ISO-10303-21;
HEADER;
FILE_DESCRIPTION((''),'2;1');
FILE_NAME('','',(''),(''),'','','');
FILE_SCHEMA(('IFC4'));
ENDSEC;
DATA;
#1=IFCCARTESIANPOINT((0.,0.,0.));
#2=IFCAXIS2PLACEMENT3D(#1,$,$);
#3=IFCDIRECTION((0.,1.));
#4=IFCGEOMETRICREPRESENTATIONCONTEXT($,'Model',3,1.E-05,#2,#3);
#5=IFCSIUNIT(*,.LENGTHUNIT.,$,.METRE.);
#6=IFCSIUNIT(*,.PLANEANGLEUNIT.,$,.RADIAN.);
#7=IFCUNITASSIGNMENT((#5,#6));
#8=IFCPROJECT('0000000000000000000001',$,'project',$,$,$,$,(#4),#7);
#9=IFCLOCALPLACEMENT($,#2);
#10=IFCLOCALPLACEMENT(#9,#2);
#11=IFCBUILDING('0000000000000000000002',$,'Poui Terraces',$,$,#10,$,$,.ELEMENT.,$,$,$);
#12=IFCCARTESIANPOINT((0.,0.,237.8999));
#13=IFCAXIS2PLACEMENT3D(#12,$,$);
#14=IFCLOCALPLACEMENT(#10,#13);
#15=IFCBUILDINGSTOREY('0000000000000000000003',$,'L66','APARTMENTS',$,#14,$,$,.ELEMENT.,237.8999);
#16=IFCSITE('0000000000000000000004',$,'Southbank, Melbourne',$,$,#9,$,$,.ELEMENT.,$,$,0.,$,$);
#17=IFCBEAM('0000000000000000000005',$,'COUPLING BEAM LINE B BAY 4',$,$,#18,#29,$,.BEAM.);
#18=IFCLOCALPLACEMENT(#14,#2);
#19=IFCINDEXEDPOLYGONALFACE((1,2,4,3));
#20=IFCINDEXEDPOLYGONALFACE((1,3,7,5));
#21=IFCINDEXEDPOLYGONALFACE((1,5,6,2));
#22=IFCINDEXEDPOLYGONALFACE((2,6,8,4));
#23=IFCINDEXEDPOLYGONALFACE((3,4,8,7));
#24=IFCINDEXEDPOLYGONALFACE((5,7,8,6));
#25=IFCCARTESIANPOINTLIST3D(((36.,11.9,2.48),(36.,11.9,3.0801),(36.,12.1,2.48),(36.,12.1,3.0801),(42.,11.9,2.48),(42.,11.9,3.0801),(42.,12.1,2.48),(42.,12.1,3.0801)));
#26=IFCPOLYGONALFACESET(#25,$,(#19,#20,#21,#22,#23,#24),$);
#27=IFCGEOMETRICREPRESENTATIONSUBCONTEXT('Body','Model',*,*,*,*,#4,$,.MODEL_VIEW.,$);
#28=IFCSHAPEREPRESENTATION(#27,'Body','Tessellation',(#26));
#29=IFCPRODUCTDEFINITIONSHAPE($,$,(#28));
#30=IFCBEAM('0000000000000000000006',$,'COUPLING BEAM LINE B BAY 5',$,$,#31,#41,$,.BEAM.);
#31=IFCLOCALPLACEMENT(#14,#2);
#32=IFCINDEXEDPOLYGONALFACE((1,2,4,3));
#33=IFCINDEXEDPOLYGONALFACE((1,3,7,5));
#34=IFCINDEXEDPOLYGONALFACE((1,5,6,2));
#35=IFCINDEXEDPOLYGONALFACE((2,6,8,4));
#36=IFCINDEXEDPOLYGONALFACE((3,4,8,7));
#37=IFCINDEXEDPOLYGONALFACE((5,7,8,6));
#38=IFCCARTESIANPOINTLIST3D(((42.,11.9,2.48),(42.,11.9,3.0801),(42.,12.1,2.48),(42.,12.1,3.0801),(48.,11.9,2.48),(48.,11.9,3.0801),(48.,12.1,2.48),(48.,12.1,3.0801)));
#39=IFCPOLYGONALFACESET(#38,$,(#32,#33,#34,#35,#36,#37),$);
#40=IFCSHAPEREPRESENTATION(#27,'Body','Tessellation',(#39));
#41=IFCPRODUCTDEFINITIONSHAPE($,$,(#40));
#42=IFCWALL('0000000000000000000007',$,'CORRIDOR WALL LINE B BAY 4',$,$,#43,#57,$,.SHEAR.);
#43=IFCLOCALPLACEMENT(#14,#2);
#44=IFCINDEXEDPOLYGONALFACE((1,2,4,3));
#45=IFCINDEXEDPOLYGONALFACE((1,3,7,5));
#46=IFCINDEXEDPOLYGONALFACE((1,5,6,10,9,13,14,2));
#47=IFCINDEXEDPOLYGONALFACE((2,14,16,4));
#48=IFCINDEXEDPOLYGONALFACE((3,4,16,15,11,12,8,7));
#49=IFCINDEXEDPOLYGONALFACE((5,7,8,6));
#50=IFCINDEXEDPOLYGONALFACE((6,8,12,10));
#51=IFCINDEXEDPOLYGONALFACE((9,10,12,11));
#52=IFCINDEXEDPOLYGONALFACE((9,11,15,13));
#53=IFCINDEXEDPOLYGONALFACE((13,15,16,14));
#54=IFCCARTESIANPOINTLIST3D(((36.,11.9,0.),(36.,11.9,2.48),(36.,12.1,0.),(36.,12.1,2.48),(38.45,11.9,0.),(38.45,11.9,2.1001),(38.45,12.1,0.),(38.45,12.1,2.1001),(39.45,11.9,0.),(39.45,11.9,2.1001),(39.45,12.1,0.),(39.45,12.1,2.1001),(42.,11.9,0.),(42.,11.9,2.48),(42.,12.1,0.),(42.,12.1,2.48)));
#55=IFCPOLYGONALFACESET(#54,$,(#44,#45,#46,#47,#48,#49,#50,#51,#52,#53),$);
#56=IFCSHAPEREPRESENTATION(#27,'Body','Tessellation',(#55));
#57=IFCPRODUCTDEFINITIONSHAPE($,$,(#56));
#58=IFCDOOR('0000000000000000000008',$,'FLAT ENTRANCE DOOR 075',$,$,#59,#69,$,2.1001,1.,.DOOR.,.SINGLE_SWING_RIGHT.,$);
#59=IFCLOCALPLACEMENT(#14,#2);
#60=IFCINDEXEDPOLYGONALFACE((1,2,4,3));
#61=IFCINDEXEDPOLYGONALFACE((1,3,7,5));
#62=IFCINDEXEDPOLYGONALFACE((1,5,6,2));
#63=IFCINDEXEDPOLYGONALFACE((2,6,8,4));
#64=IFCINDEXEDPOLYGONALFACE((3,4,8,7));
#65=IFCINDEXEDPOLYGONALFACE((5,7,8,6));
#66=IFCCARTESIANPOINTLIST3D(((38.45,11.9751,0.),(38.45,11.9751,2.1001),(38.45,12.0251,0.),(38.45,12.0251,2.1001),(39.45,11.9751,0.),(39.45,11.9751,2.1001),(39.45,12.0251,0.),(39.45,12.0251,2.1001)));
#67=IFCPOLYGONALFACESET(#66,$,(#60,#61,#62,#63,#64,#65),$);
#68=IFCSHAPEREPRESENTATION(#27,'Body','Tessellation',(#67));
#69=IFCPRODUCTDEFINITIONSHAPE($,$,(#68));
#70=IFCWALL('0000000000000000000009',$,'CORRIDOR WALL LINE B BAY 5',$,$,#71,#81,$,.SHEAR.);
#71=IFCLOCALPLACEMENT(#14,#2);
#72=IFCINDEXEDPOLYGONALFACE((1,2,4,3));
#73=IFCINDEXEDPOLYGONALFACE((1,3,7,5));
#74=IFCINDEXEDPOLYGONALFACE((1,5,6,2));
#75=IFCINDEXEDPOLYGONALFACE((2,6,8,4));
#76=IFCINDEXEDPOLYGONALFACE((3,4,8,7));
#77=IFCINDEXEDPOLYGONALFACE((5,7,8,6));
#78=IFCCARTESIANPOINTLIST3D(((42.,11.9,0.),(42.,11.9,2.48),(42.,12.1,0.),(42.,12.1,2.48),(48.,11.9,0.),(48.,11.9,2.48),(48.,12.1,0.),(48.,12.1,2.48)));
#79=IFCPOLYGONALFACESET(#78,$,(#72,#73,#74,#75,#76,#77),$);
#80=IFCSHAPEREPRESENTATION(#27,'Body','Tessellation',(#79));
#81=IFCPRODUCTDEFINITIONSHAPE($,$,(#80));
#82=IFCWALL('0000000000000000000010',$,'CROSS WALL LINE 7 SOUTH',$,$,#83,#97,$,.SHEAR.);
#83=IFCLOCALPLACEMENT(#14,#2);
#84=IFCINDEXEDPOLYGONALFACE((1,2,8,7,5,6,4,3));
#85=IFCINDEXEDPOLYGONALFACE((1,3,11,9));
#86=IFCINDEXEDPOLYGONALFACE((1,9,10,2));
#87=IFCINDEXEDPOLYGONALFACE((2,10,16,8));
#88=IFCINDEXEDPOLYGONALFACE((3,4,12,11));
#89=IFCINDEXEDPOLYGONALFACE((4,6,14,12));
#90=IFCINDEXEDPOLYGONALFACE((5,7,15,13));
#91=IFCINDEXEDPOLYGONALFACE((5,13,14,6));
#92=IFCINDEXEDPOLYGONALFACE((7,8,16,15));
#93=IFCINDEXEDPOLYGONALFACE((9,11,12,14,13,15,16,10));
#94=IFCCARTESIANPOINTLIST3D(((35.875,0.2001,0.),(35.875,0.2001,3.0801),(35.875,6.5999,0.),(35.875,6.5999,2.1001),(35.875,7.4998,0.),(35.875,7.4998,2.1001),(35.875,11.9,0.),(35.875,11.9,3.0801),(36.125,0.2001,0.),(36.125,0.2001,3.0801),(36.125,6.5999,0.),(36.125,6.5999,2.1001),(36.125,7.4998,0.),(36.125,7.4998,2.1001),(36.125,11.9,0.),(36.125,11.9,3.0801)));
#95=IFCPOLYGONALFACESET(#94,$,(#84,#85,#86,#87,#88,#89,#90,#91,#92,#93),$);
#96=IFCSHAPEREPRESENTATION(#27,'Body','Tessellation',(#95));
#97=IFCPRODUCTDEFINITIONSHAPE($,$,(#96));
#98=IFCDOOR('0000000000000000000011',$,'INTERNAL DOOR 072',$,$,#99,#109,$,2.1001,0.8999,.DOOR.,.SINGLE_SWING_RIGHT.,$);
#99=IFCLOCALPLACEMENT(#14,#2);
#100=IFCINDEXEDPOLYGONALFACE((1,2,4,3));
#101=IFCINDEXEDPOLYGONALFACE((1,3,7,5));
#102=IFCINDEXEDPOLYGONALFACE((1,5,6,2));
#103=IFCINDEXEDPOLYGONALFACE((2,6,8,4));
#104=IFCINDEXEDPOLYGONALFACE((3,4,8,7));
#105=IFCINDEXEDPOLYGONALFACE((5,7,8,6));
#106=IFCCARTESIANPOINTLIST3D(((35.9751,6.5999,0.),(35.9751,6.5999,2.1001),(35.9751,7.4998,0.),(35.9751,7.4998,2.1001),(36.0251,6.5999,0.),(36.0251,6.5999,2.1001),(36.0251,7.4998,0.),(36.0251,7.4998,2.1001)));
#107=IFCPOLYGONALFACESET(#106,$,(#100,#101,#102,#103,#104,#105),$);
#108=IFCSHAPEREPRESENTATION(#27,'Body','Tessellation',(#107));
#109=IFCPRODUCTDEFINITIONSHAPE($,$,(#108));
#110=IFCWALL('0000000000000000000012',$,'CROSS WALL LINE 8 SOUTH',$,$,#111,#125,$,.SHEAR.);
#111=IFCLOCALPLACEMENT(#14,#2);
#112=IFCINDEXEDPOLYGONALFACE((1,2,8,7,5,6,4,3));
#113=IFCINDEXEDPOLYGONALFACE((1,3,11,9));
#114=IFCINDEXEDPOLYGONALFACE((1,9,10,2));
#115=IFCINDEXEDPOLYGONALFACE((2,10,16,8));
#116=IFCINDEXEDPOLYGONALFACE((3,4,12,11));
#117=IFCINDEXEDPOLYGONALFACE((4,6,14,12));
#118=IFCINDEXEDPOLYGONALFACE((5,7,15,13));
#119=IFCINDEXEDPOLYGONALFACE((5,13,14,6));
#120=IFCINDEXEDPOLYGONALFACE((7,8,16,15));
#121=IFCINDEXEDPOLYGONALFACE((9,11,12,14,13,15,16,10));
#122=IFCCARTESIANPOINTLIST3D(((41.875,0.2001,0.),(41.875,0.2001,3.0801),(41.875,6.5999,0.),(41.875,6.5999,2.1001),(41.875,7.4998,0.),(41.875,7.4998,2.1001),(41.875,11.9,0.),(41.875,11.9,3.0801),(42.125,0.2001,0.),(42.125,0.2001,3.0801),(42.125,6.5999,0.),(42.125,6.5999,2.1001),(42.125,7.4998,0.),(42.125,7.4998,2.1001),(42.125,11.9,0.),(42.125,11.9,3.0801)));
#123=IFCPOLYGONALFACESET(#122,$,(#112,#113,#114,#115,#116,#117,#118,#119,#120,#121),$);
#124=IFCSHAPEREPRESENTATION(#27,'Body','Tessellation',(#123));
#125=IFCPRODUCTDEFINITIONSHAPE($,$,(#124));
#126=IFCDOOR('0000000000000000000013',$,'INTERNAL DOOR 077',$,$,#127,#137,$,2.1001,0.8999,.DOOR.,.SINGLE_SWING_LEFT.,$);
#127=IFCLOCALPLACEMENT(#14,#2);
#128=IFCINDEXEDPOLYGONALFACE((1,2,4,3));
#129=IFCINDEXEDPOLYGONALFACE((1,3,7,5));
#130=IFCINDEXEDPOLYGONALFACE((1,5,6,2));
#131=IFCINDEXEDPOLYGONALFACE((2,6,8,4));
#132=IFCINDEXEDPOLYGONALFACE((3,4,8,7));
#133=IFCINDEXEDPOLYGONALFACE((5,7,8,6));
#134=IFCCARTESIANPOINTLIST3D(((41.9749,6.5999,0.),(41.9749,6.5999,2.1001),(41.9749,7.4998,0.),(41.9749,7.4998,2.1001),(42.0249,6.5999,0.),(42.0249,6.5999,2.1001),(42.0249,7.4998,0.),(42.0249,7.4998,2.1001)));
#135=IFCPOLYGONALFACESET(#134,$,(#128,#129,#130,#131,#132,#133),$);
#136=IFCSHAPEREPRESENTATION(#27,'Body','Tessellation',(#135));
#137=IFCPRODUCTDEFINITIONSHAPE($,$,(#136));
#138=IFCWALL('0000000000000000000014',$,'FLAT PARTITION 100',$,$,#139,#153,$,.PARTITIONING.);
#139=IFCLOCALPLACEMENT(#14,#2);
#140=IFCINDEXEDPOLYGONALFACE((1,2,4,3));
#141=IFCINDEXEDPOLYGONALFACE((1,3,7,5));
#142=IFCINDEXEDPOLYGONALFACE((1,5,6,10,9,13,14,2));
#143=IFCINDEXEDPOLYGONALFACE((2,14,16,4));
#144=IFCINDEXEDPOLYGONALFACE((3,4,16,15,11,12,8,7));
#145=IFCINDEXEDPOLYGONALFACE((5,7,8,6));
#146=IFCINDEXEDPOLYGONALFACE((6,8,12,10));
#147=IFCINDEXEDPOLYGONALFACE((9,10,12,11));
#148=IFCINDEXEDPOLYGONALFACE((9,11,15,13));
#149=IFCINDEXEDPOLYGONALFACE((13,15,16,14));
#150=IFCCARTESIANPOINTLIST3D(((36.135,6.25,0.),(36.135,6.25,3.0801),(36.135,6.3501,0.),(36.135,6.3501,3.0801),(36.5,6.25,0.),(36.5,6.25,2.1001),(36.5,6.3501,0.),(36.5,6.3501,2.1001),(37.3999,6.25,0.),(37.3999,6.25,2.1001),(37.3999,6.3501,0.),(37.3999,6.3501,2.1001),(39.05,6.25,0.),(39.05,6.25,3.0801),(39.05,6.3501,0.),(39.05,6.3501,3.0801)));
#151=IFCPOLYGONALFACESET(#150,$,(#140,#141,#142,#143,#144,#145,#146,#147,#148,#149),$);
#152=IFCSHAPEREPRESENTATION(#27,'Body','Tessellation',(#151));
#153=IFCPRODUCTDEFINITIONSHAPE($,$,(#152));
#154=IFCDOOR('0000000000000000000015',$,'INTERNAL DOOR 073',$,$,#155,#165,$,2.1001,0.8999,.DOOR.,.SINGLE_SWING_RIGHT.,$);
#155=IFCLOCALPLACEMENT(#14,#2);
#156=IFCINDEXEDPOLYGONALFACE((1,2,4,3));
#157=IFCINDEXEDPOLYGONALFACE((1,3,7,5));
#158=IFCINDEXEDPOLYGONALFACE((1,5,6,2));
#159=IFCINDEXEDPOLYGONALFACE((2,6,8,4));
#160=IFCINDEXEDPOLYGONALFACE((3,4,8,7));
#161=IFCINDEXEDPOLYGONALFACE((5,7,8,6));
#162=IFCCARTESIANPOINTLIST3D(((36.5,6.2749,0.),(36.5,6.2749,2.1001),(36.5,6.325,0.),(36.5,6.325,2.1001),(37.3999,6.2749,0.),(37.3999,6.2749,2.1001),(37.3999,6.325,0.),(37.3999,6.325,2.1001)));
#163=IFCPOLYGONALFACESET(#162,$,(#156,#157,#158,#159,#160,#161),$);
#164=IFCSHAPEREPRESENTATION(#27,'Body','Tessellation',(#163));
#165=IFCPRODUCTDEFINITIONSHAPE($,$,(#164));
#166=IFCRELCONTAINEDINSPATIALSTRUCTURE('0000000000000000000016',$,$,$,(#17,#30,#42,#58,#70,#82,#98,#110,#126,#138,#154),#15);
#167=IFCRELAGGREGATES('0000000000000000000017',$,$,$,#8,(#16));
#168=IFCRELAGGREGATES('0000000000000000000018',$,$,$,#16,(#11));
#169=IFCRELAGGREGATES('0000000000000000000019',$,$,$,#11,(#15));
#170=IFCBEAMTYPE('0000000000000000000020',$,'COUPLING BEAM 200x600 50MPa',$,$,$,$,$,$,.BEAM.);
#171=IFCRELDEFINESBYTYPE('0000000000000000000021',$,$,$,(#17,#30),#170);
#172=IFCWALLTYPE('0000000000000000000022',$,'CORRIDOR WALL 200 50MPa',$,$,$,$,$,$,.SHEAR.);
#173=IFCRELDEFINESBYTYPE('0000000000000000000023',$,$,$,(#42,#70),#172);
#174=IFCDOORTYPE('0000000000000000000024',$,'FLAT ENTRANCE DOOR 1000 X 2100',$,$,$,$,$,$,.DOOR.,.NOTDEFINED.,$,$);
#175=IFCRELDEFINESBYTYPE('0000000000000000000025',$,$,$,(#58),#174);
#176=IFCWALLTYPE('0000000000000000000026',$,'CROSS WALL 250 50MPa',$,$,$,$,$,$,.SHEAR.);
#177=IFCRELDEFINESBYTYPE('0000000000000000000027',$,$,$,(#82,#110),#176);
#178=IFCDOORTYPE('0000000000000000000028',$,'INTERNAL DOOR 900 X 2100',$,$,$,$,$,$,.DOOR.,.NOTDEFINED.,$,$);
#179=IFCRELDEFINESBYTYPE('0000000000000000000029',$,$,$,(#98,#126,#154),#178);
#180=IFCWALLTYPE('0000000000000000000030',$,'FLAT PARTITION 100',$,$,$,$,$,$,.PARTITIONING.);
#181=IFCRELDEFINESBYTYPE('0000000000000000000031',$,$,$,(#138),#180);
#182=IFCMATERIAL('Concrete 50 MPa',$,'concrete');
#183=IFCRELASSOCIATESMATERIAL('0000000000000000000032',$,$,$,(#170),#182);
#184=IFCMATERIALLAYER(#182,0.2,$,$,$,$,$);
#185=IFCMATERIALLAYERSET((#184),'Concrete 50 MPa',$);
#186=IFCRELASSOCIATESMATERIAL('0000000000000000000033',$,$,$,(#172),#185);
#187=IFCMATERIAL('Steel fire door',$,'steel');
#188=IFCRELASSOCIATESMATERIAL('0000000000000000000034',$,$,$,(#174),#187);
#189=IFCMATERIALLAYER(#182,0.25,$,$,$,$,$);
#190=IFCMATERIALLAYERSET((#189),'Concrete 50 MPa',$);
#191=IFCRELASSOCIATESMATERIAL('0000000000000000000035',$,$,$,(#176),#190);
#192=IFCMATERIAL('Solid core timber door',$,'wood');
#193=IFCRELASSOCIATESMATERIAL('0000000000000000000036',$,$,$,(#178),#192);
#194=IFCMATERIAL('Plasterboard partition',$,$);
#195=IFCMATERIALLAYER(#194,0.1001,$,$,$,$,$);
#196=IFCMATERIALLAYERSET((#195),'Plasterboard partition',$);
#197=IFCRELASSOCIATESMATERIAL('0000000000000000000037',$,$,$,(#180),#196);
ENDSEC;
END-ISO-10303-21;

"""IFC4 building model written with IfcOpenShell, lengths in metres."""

from ifc_helpers import new_model, si_unit, direction, frame, frame_2d, origin, origin_2d, place, context, subcontext, project, spatial, rectangle, extrude, source, transform, mapped, material, layer, layer_set, material_profile, profile_set, type_object, element, fill, save


model = new_model("IFC4")

# Units and contexts
model_context = context("Model", 3, precision=1e-05, world=origin(), true_north=direction((0.0, 1.0)))
body_context = subcontext(model_context, "Body", "Model", "MODEL_VIEW")
ifc_project = project(units=[si_unit("LENGTHUNIT", "METRE"), si_unit("PLANEANGLEUNIT", "RADIAN")], contexts=[model_context])

# Site, building, storey
site_placement = place(None, origin())
site = spatial("IfcSite", under=ifc_project, at=site_placement, Name="Southbank, Melbourne", CompositionType="ELEMENT", RefElevation=0.0)
building_placement = place(site_placement, origin())
building = spatial("IfcBuilding", under=site, at=building_placement, Name="Poui Terraces", CompositionType="ELEMENT")
storey_placement = place(building_placement, frame((0.0, 0.0, 237.8999)))
storey = spatial("IfcBuildingStorey", under=building, at=storey_placement, Name="L66", Description="APARTMENTS", CompositionType="ELEMENT", Elevation=237.8999)

# Beams
ifc_material_1 = material(Name="Concrete 50 MPa", Category="concrete")
ifc_material_profile_1 = material_profile(ifc_material_1, rectangle(XDim=0.2, YDim=0.6001, at=origin_2d()), Name="RC 200x600")
ifc_profile_set_1 = profile_set([ifc_material_profile_1], Name="Concrete 50 MPa")
beam_type = type_object("IfcBeamType", Name="COUPLING BEAM 200x600 50MPa", PredefinedType="BEAM", material=ifc_profile_set_1)
shared_shape_1 = source(origin(), body_context, "Body", "SweptSolid", [
    extrude(rectangle(XDim=0.2, YDim=0.6001, at=origin_2d()), origin(), (0.0, 0.0, 1.0), 6.0),
])
for number, where, z_axis, x_axis, name in (
    (1, (36.0, 12.0, 2.78), (1.0, 0.0, 0.0), (0.0, 1.0, 0.0), "COUPLING BEAM LINE B BAY 4"),
    (2, (42.0, 12.0, 2.78), (1.0, 0.0, 0.0), (0.0, 1.0, 0.0), "COUPLING BEAM LINE B BAY 5"),
):
    element("IfcBeam", number, at=place(storey_placement, frame(where, z_axis=z_axis, x_axis=x_axis)), inside=storey, type_object=beam_type, Name=name, PredefinedType="BEAM", context=body_context, shape_type="MappedRepresentation", body=[
        mapped(shared_shape_1, transform((0.0, 0.0, 0.0))),
    ])

# Wall, opening, door
ifc_layer_1 = layer(ifc_material_1, 0.2)
ifc_layer_set_1 = layer_set([ifc_layer_1], Name="Concrete 50 MPa")
wall_type_1 = type_object("IfcWallType", Name="CORRIDOR WALL 200 50MPa", PredefinedType="SHEAR", material=ifc_layer_set_1)
wall_1_placement = place(storey_placement, frame((36.0, 12.0, 0.0), z_axis=(0.0, 0.0, 1.0), x_axis=(1.0, 0.0, 0.0)))
wall_1 = element("IfcWall", 3, at=wall_1_placement, inside=storey, type_object=wall_type_1, Name="CORRIDOR WALL LINE B BAY 4", PredefinedType="SHEAR", context=body_context, shape_type="SweptSolid", body=[
    extrude(rectangle(XDim=6.0, YDim=0.2, at=frame_2d((3.0, 0.0))), origin(), (0.0, 0.0, 1.0), 2.48),
])
opening_1_placement = place(wall_1_placement, frame((2.45, 0.0, 0.0)))
opening_1 = element("IfcOpeningElement", 4, at=opening_1_placement, cuts=wall_1, PredefinedType="OPENING", context=body_context, shape_type="SweptSolid", body=[
    extrude(rectangle(XDim=1.0, YDim=2.1001, at=frame_2d((0.5, 1.05))), frame((0.0, 0.1099, 0.0), z_axis=(0.0, -1.0, 0.0), x_axis=(1.0, 0.0, 0.0)), (0.0, 0.0, 1.0), 0.22),
])
ifc_material_2 = material(Name="Steel fire door", Category="steel")
door_type_1 = type_object("IfcDoorType", Name="FLAT ENTRANCE DOOR 1000 X 2100", OperationType="NOTDEFINED", PredefinedType="DOOR", material=ifc_material_2)
door_1_placement = place(opening_1_placement, frame((1.0, 0.0, 0.0), z_axis=(0.0, 0.0, 1.0), x_axis=(-1.0, 0.0, 0.0)))
door_1 = element("IfcDoor", 5, at=door_1_placement, inside=storey, type_object=door_type_1, Name="FLAT ENTRANCE DOOR 075", OperationType="SINGLE_SWING_RIGHT", OverallHeight=2.1001, OverallWidth=1.0, PredefinedType="DOOR", context=body_context, shape_type="SweptSolid", body=[
    extrude(rectangle(XDim=1.0, YDim=2.1001, at=frame_2d((0.5, 1.05))), frame((0.0, 0.0249, 0.0), z_axis=(0.0, -1.0, 0.0), x_axis=(1.0, 0.0, 0.0)), (0.0, 0.0, 1.0), 0.05),
])
fill(opening_1, door_1)

# Wall
wall_2_placement = place(storey_placement, frame((42.0, 12.0, 0.0), z_axis=(0.0, 0.0, 1.0), x_axis=(1.0, 0.0, 0.0)))
element("IfcWall", 6, at=wall_2_placement, inside=storey, type_object=wall_type_1, Name="CORRIDOR WALL LINE B BAY 5", PredefinedType="SHEAR", context=body_context, shape_type="SweptSolid", body=[
    extrude(rectangle(XDim=6.0, YDim=0.2, at=frame_2d((3.0, 0.0))), origin(), (0.0, 0.0, 1.0), 2.48),
])

# Walls, openings, doors
ifc_layer_2 = layer(ifc_material_1, 0.25)
ifc_layer_set_2 = layer_set([ifc_layer_2], Name="Concrete 50 MPa")
wall_type_2 = type_object("IfcWallType", Name="CROSS WALL 250 50MPa", PredefinedType="SHEAR", material=ifc_layer_set_2)
wall_3_placement = place(storey_placement, frame((36.0, 0.2, 0.0), z_axis=(0.0, 0.0, 1.0), x_axis=(0.0, 1.0, 0.0)))
wall_3 = element("IfcWall", 7, at=wall_3_placement, inside=storey, type_object=wall_type_2, Name="CROSS WALL LINE 7 SOUTH", PredefinedType="SHEAR", context=body_context, shape_type="SweptSolid", body=[
    extrude(rectangle(XDim=11.7, YDim=0.25, at=frame_2d((5.8501, 0.0))), origin(), (0.0, 0.0, 1.0), 3.0801),
])
opening_2_placement = place(wall_3_placement, frame((6.3999, 0.0, 0.0)))
opening_2 = element("IfcOpeningElement", 8, at=opening_2_placement, cuts=wall_3, PredefinedType="OPENING", context=body_context, shape_type="SweptSolid", body=[
    extrude(rectangle(XDim=0.8999, YDim=2.1001, at=frame_2d((0.45, 1.05))), frame((0.0, 0.135, 0.0), z_axis=(0.0, -1.0, 0.0), x_axis=(1.0, 0.0, 0.0)), (0.0, 0.0, 1.0), 0.27),
])
ifc_material_3 = material(Name="Solid core timber door", Category="wood")
door_type_2 = type_object("IfcDoorType", Name="INTERNAL DOOR 900 X 2100", OperationType="NOTDEFINED", PredefinedType="DOOR", material=ifc_material_3)
door_2_placement = place(opening_2_placement, origin())
door_2 = element("IfcDoor", 9, at=door_2_placement, inside=storey, type_object=door_type_2, Name="INTERNAL DOOR 072", OperationType="SINGLE_SWING_RIGHT", OverallHeight=2.1001, OverallWidth=0.8999, PredefinedType="DOOR", context=body_context, shape_type="SweptSolid", body=[
    extrude(rectangle(XDim=0.8999, YDim=2.1001, at=frame_2d((0.45, 1.05))), frame((0.0, 0.0249, 0.0), z_axis=(0.0, -1.0, 0.0), x_axis=(1.0, 0.0, 0.0)), (0.0, 0.0, 1.0), 0.05),
])
fill(opening_2, door_2)
wall_4_placement = place(storey_placement, frame((42.0, 0.2, 0.0), z_axis=(0.0, 0.0, 1.0), x_axis=(0.0, 1.0, 0.0)))
wall_4 = element("IfcWall", 10, at=wall_4_placement, inside=storey, type_object=wall_type_2, Name="CROSS WALL LINE 8 SOUTH", PredefinedType="SHEAR", context=body_context, shape_type="SweptSolid", body=[
    extrude(rectangle(XDim=11.7, YDim=0.25, at=frame_2d((5.8501, 0.0))), origin(), (0.0, 0.0, 1.0), 3.0801),
])
opening_3_placement = place(wall_4_placement, frame((6.3999, 0.0, 0.0)))
opening_3 = element("IfcOpeningElement", 11, at=opening_3_placement, cuts=wall_4, PredefinedType="OPENING", context=body_context, shape_type="SweptSolid", body=[
    extrude(rectangle(XDim=0.8999, YDim=2.1001, at=frame_2d((0.45, 1.05))), frame((0.0, 0.135, 0.0), z_axis=(0.0, -1.0, 0.0), x_axis=(1.0, 0.0, 0.0)), (0.0, 0.0, 1.0), 0.27),
])
door_3_placement = place(opening_3_placement, frame((0.8999, 0.0, 0.0), z_axis=(0.0, 0.0, 1.0), x_axis=(-1.0, 0.0, 0.0)))
door_3 = element("IfcDoor", 12, at=door_3_placement, inside=storey, type_object=door_type_2, Name="INTERNAL DOOR 077", OperationType="SINGLE_SWING_LEFT", OverallHeight=2.1001, OverallWidth=0.8999, PredefinedType="DOOR", context=body_context, shape_type="SweptSolid", body=[
    extrude(rectangle(XDim=0.8999, YDim=2.1001, at=frame_2d((0.45, 1.05))), frame((0.0, 0.0249, 0.0), z_axis=(0.0, -1.0, 0.0), x_axis=(1.0, 0.0, 0.0)), (0.0, 0.0, 1.0), 0.05),
])
fill(opening_3, door_3)
ifc_material_4 = material(Name="Plasterboard partition")
ifc_layer_3 = layer(ifc_material_4, 0.1001)
ifc_layer_set_3 = layer_set([ifc_layer_3], Name="Plasterboard partition")
wall_type_3 = type_object("IfcWallType", Name="FLAT PARTITION 100", PredefinedType="PARTITIONING", material=ifc_layer_set_3)
wall_5_placement = place(storey_placement, frame((36.135, 6.3, 0.0), z_axis=(0.0, 0.0, 1.0), x_axis=(1.0, 0.0, 0.0)))
wall_5 = element("IfcWall", 13, at=wall_5_placement, inside=storey, type_object=wall_type_3, Name="FLAT PARTITION 100", PredefinedType="PARTITIONING", context=body_context, shape_type="SweptSolid", body=[
    extrude(rectangle(XDim=2.915, YDim=0.1001, at=frame_2d((1.4575, 0.0))), origin(), (0.0, 0.0, 1.0), 3.0801),
])
opening_4_placement = place(wall_5_placement, frame((0.365, 0.0, 0.0)))
opening_4 = element("IfcOpeningElement", 14, at=opening_4_placement, cuts=wall_5, PredefinedType="OPENING", context=body_context, shape_type="SweptSolid", body=[
    extrude(rectangle(XDim=0.8999, YDim=2.1001, at=frame_2d((0.45, 1.05))), frame((0.0, 0.0601, 0.0), z_axis=(0.0, -1.0, 0.0), x_axis=(1.0, 0.0, 0.0)), (0.0, 0.0, 1.0), 0.1201),
])
door_4_placement = place(opening_4_placement, origin())
door_4 = element("IfcDoor", 15, at=door_4_placement, inside=storey, type_object=door_type_2, Name="INTERNAL DOOR 073", OperationType="SINGLE_SWING_RIGHT", OverallHeight=2.1001, OverallWidth=0.8999, PredefinedType="DOOR", context=body_context, shape_type="SweptSolid", body=[
    extrude(rectangle(XDim=0.8999, YDim=2.1001, at=frame_2d((0.45, 1.05))), frame((0.0, 0.0249, 0.0), z_axis=(0.0, -1.0, 0.0), x_axis=(1.0, 0.0, 0.0)), (0.0, 0.0, 1.0), 0.05),
])
fill(opening_4, door_4)

save(model, "model.ifc")
